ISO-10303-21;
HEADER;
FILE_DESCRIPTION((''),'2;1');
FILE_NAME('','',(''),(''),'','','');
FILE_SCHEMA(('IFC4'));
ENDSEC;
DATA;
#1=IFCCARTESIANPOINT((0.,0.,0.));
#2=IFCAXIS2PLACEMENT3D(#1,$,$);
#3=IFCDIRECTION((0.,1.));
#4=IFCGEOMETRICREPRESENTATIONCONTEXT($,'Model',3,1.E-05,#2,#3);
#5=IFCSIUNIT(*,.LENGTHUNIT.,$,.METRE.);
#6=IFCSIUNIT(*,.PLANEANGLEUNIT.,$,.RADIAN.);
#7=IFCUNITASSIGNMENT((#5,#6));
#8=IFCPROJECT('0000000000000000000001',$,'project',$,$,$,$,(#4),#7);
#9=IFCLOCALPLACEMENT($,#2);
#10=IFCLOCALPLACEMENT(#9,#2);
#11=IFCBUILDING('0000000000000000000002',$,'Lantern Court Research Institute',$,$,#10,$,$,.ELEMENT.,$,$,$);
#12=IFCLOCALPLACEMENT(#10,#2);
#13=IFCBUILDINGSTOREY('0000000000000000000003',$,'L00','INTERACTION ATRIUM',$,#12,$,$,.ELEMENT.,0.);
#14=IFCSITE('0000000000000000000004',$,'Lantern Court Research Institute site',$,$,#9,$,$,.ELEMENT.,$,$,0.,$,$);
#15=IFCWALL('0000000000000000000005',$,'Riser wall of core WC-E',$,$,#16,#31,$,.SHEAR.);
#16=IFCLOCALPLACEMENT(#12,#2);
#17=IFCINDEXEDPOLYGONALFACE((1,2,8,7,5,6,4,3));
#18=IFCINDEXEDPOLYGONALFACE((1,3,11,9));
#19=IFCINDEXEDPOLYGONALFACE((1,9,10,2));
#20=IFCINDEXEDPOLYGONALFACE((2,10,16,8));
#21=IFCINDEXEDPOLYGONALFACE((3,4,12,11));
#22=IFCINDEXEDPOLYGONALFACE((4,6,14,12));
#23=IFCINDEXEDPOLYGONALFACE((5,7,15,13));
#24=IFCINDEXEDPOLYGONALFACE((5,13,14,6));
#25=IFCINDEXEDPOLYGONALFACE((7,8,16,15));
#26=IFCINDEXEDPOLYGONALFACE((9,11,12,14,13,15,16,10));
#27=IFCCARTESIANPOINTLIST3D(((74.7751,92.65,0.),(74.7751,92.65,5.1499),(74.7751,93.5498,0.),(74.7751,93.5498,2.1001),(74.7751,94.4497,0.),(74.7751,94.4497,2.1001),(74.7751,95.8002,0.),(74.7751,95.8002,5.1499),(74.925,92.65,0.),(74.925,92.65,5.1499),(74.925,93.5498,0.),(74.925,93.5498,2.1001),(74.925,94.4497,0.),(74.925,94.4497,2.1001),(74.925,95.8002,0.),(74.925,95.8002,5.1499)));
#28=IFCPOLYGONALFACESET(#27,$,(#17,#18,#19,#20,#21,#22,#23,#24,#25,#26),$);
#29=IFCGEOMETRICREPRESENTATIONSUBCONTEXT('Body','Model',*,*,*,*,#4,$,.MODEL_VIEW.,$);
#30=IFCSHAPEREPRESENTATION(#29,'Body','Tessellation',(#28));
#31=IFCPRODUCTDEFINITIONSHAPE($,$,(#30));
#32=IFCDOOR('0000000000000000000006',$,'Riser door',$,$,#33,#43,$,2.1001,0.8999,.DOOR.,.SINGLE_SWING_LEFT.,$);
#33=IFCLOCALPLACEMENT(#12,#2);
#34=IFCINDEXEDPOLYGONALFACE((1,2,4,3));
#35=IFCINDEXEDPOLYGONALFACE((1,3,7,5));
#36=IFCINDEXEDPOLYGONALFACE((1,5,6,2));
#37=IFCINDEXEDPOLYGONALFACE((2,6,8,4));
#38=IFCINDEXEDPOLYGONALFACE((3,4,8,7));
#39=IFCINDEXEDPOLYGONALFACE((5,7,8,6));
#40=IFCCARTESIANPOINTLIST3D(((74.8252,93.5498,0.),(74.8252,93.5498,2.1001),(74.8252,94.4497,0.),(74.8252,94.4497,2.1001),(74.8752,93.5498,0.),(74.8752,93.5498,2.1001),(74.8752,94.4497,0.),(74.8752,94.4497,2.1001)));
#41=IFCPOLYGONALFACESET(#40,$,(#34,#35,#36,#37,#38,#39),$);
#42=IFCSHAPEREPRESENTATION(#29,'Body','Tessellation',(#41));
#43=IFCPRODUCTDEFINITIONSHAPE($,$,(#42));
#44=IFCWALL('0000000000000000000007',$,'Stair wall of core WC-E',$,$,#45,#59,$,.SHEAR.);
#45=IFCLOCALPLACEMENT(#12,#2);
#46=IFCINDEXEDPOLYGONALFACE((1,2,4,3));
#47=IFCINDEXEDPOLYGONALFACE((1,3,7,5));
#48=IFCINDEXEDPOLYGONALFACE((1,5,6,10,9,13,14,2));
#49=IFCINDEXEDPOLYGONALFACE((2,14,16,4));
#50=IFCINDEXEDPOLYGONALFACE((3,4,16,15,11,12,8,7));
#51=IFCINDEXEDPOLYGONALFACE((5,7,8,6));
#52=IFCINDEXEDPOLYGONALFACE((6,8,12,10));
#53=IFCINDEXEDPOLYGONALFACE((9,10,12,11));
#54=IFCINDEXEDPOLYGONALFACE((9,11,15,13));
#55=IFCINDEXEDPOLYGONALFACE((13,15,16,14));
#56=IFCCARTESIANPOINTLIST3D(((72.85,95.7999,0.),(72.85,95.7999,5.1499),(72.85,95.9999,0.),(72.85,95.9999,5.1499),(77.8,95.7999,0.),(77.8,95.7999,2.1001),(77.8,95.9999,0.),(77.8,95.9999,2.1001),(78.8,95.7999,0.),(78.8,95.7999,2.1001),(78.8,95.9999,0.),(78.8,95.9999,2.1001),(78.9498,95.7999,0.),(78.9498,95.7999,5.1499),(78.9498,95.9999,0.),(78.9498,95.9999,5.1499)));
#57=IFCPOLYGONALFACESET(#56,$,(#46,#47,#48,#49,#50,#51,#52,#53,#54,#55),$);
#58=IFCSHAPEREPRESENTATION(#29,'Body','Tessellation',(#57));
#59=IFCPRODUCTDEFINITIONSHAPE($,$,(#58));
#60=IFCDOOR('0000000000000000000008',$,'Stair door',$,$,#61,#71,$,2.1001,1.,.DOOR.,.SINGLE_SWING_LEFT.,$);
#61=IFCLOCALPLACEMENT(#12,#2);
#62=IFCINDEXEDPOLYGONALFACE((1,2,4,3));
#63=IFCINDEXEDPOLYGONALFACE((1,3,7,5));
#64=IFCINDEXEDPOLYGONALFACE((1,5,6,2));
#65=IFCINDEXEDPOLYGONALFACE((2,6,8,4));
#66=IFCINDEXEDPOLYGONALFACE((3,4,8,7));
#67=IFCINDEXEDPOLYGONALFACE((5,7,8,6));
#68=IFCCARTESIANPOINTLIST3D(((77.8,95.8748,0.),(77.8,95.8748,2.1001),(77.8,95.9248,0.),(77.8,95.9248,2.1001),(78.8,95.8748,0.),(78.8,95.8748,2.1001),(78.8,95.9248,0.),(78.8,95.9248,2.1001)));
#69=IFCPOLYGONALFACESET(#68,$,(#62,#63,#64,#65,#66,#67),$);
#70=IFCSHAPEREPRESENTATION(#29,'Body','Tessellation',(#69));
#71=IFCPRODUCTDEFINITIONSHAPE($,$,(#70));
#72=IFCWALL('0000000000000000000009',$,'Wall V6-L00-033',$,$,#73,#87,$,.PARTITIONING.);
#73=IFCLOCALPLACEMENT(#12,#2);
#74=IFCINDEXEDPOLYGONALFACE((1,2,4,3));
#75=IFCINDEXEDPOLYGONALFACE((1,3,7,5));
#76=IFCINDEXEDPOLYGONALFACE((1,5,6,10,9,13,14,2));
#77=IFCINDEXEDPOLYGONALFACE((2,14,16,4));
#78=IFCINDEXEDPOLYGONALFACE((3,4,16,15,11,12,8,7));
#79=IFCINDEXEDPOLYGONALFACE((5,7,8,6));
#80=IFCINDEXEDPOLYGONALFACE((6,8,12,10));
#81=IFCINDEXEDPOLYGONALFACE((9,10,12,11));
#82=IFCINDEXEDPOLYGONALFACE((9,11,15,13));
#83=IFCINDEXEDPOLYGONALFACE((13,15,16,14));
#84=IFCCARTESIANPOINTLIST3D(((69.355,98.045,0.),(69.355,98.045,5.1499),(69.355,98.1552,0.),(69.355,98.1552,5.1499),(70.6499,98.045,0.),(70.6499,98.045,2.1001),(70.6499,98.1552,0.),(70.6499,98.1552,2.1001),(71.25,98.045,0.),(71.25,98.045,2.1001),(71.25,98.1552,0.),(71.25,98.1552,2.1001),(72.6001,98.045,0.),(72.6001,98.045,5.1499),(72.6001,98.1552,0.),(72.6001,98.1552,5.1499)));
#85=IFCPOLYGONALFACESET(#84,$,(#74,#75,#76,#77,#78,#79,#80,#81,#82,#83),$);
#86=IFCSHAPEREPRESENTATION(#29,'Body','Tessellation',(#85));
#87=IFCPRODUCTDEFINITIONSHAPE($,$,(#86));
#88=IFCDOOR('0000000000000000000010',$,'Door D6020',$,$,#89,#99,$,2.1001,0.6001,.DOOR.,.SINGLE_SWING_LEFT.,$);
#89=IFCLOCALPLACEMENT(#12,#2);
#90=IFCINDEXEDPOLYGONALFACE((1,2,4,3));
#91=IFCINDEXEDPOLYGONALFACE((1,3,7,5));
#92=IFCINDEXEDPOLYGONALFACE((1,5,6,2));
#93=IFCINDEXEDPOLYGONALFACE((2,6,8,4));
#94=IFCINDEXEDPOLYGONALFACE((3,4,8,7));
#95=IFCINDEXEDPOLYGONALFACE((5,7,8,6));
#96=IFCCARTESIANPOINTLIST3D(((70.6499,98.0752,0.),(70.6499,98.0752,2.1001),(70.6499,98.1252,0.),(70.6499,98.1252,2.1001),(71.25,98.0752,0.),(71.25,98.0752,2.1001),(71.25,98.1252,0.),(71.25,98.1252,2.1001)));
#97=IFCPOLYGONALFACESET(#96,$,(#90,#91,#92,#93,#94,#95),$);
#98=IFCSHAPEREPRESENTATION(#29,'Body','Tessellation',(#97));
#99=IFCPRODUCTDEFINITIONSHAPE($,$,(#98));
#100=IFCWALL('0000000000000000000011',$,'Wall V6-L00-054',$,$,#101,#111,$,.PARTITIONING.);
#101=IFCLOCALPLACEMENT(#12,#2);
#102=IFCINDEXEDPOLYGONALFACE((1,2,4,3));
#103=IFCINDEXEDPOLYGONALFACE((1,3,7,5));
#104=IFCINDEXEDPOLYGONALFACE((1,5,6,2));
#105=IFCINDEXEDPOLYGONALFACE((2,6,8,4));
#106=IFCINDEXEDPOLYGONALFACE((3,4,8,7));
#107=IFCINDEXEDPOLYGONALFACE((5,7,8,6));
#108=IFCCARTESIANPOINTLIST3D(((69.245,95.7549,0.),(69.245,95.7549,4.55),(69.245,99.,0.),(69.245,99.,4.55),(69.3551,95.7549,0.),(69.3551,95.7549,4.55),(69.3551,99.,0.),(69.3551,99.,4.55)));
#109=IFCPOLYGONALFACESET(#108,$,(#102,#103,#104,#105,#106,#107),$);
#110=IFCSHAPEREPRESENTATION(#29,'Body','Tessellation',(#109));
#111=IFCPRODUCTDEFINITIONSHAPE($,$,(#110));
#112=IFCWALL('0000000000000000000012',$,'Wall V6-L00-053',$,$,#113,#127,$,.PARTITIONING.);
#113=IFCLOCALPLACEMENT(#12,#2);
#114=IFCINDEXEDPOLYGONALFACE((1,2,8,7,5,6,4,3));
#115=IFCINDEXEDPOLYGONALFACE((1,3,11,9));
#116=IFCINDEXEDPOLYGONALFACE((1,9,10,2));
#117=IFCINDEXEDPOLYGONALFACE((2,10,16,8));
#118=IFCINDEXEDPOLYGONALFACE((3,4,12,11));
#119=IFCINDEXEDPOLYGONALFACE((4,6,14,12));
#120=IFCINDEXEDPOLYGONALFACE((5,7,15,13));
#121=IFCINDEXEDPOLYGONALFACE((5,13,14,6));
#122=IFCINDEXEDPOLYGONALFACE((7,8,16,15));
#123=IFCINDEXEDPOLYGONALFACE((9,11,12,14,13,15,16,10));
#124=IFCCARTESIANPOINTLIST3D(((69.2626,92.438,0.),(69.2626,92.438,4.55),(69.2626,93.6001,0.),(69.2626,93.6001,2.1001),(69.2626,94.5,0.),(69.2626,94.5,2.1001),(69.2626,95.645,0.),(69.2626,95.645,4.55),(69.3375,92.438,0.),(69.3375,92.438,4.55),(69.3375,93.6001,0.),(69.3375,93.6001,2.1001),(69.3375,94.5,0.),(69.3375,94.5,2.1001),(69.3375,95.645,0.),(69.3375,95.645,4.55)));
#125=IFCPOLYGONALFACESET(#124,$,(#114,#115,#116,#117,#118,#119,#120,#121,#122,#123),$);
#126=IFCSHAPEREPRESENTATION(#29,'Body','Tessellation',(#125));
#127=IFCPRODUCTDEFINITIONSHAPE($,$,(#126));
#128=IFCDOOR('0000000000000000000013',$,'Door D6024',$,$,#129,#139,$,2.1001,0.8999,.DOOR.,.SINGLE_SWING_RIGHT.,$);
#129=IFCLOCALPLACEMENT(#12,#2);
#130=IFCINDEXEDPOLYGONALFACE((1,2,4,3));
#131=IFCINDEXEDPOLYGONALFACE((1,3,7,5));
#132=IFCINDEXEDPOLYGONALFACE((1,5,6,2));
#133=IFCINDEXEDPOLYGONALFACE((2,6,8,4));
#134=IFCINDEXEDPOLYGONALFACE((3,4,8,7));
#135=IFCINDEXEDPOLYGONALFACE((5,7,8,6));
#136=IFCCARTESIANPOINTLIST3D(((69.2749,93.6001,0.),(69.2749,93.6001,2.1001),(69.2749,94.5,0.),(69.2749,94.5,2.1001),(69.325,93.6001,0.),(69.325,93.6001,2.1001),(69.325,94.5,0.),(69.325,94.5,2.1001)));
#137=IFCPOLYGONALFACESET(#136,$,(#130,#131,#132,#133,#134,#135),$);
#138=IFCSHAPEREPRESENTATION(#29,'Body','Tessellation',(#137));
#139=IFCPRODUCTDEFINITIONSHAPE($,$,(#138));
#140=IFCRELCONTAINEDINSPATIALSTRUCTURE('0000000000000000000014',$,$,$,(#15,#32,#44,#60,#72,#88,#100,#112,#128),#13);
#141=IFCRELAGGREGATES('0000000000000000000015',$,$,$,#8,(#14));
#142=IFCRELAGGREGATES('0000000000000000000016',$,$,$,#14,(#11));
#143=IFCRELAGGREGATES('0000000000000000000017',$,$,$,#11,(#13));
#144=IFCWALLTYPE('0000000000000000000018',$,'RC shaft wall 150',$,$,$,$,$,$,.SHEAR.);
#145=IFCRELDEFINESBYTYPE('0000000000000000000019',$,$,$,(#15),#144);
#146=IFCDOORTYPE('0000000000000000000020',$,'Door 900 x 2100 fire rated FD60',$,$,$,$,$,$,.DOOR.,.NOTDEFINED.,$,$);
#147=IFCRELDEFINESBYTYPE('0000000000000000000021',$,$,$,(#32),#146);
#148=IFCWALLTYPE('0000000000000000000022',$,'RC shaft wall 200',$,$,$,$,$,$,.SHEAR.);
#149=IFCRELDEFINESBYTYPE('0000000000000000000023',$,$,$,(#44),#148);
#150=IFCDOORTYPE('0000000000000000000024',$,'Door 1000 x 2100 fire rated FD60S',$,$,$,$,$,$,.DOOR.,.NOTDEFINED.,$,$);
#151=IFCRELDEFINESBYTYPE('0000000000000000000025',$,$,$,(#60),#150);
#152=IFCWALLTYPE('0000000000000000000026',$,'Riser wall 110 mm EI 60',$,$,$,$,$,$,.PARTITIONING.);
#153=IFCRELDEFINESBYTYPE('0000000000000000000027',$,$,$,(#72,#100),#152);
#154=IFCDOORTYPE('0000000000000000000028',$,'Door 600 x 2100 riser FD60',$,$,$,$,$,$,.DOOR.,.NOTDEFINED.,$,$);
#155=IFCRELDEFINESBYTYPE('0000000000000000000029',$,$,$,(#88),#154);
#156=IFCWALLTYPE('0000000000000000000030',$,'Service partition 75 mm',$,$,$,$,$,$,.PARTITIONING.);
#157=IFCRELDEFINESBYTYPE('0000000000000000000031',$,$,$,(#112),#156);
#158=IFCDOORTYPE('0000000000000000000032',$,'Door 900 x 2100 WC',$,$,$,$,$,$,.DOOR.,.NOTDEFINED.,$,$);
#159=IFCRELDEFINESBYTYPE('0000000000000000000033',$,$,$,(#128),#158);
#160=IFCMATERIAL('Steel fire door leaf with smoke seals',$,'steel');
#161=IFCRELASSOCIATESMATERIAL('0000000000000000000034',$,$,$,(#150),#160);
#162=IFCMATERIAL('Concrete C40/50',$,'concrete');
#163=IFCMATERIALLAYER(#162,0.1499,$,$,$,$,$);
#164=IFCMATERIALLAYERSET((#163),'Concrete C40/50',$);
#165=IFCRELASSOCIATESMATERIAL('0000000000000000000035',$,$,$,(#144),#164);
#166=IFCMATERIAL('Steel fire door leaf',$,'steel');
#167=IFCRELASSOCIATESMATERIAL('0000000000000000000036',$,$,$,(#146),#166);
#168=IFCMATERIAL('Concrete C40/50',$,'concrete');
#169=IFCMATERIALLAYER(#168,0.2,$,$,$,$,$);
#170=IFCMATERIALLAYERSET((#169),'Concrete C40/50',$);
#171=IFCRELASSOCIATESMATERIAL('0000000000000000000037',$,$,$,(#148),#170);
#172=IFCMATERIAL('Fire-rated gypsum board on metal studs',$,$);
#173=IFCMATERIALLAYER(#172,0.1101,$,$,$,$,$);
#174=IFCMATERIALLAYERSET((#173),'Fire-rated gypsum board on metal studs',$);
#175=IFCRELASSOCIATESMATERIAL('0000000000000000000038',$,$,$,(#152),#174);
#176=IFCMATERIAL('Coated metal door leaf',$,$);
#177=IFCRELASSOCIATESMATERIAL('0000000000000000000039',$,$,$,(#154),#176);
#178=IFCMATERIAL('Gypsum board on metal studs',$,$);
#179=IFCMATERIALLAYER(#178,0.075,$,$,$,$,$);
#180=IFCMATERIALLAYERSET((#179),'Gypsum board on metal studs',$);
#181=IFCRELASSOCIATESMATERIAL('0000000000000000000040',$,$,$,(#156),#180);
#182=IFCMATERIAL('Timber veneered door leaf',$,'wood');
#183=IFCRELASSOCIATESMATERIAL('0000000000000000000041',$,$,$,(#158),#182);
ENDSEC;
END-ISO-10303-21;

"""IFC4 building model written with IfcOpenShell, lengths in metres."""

from ifc_helpers import new_model, si_unit, direction, frame, frame_2d, origin, place, context, subcontext, project, spatial, rectangle, extrude, material, layer, layer_set, type_object, element, fill, save


model = new_model("IFC4")

# Units and contexts
model_context = context("Model", 3, precision=1e-05, world=origin(), true_north=direction((0.0, 1.0)))
body_context = subcontext(model_context, "Body", "Model", "MODEL_VIEW")
ifc_project = project(units=[si_unit("LENGTHUNIT", "METRE"), si_unit("PLANEANGLEUNIT", "RADIAN")], contexts=[model_context])

# Site, building, storey
site_placement = place(None, origin())
site = spatial("IfcSite", under=ifc_project, at=site_placement, Name="Lantern Court Research Institute site", CompositionType="ELEMENT", RefElevation=0.0)
building_placement = place(site_placement, origin())
building = spatial("IfcBuilding", under=site, at=building_placement, Name="Lantern Court Research Institute", CompositionType="ELEMENT")
storey_placement = place(building_placement, origin())
storey = spatial("IfcBuildingStorey", under=building, at=storey_placement, Name="L00", Description="INTERACTION ATRIUM", CompositionType="ELEMENT", Elevation=0.0)

# Shared definitions
ifc_material_1 = material(Name="Steel fire door leaf with smoke seals", Category="steel")
door_type_1 = type_object("IfcDoorType", Name="Door 1000 x 2100 fire rated FD60S", OperationType="NOTDEFINED", PredefinedType="DOOR", material=ifc_material_1)

# Walls, openings, doors
ifc_material_2 = material(Name="Concrete C40/50", Category="concrete")
ifc_layer_1 = layer(ifc_material_2, 0.1499)
ifc_layer_set_1 = layer_set([ifc_layer_1], Name="Concrete C40/50")
wall_type_1 = type_object("IfcWallType", Name="RC shaft wall 150", PredefinedType="SHEAR", material=ifc_layer_set_1)
wall_1_placement = place(storey_placement, frame((74.8501, 92.6499, 0.0), z_axis=(0.0, 0.0, 1.0), x_axis=(0.0, 1.0, 0.0)))
wall_1 = element("IfcWall", 1, at=wall_1_placement, inside=storey, type_object=wall_type_1, Name="Riser wall of core WC-E", PredefinedType="SHEAR", context=body_context, shape_type="SweptSolid", body=[
    extrude(rectangle(XDim=3.1501, YDim=0.1499, at=frame_2d((1.5752, 0.0))), origin(), (0.0, 0.0, 1.0), 5.1499),
])
opening_1_placement = place(wall_1_placement, frame((0.8999, 0.0, 0.0)))
opening_1 = element("IfcOpeningElement", 2, at=opening_1_placement, cuts=wall_1, PredefinedType="OPENING", context=body_context, shape_type="SweptSolid", body=[
    extrude(rectangle(XDim=0.8999, YDim=2.1001, at=frame_2d((0.45, 1.05))), frame((0.0, 0.085, 0.0), z_axis=(0.0, -1.0, 0.0), x_axis=(1.0, 0.0, 0.0)), (0.0, 0.0, 1.0), 0.1699),
])
ifc_material_3 = material(Name="Steel fire door leaf", Category="steel")
door_type_2 = type_object("IfcDoorType", Name="Door 900 x 2100 fire rated FD60", OperationType="NOTDEFINED", PredefinedType="DOOR", material=ifc_material_3)
door_1_placement = place(opening_1_placement, origin())
door_1 = element("IfcDoor", 3, at=door_1_placement, inside=storey, type_object=door_type_2, Name="Riser door", OperationType="SINGLE_SWING_LEFT", OverallHeight=2.1001, OverallWidth=0.8999, PredefinedType="DOOR", context=body_context, shape_type="SweptSolid", body=[
    extrude(rectangle(XDim=0.8999, YDim=2.1001, at=frame_2d((0.45, 1.05))), frame((0.0, 0.0249, 0.0), z_axis=(0.0, -1.0, 0.0), x_axis=(1.0, 0.0, 0.0)), (0.0, 0.0, 1.0), 0.05),
])
fill(opening_1, door_1)
ifc_material_4 = material(Name="Concrete C40/50", Category="concrete")
ifc_layer_2 = layer(ifc_material_4, 0.2)
ifc_layer_set_2 = layer_set([ifc_layer_2], Name="Concrete C40/50")
wall_type_2 = type_object("IfcWallType", Name="RC shaft wall 200", PredefinedType="SHEAR", material=ifc_layer_set_2)
wall_2_placement = place(storey_placement, frame((72.8501, 95.8999, 0.0), z_axis=(0.0, 0.0, 1.0), x_axis=(1.0, 0.0, 0.0)))
wall_2 = element("IfcWall", 4, at=wall_2_placement, inside=storey, type_object=wall_type_2, Name="Stair wall of core WC-E", PredefinedType="SHEAR", context=body_context, shape_type="SweptSolid", body=[
    extrude(rectangle(XDim=6.0999, YDim=0.2, at=frame_2d((3.0498, 0.0))), origin(), (0.0, 0.0, 1.0), 5.1499),
])
opening_2_placement = place(wall_2_placement, frame((4.95, 0.0, 0.0)))
opening_2 = element("IfcOpeningElement", 5, at=opening_2_placement, cuts=wall_2, PredefinedType="OPENING", context=body_context, shape_type="SweptSolid", body=[
    extrude(rectangle(XDim=1.0, YDim=2.1001, at=frame_2d((0.5, 1.05))), frame((0.0, 0.1099, 0.0), z_axis=(0.0, -1.0, 0.0), x_axis=(1.0, 0.0, 0.0)), (0.0, 0.0, 1.0), 0.22),
])
door_2_placement = place(opening_2_placement, origin())
door_2 = element("IfcDoor", 6, at=door_2_placement, inside=storey, type_object=door_type_1, Name="Stair door", OperationType="SINGLE_SWING_LEFT", OverallHeight=2.1001, OverallWidth=1.0, PredefinedType="DOOR", context=body_context, shape_type="SweptSolid", body=[
    extrude(rectangle(XDim=1.0, YDim=2.1001, at=frame_2d((0.5, 1.05))), frame((0.0, 0.0249, 0.0), z_axis=(0.0, -1.0, 0.0), x_axis=(1.0, 0.0, 0.0)), (0.0, 0.0, 1.0), 0.05),
])
fill(opening_2, door_2)
ifc_material_5 = material(Name="Fire-rated gypsum board on metal studs")
ifc_layer_3 = layer(ifc_material_5, 0.1101)
ifc_layer_set_3 = layer_set([ifc_layer_3], Name="Fire-rated gypsum board on metal studs")
wall_type_3 = type_object("IfcWallType", Name="Riser wall 110 mm EI 60", PredefinedType="PARTITIONING", material=ifc_layer_set_3)
wall_3_placement = place(storey_placement, frame((72.6001, 98.1001, 0.0), z_axis=(0.0, 0.0, 1.0), x_axis=(-1.0, 0.0, 0.0)))
wall_3 = element("IfcWall", 7, at=wall_3_placement, inside=storey, type_object=wall_type_3, Name="Wall V6-L00-033", PredefinedType="PARTITIONING", context=body_context, shape_type="SweptSolid", body=[
    extrude(rectangle(XDim=3.2451, YDim=0.1101, at=frame_2d((1.6226, 0.0))), origin(), (0.0, 0.0, 1.0), 5.1499),
])
opening_3_placement = place(wall_3_placement, frame((1.3501, 0.0, 0.0)))
opening_3 = element("IfcOpeningElement", 8, at=opening_3_placement, cuts=wall_3, PredefinedType="OPENING", context=body_context, shape_type="SweptSolid", body=[
    extrude(rectangle(XDim=0.6001, YDim=2.1001, at=frame_2d((0.3, 1.05))), frame((0.0, 0.0649, 0.0), z_axis=(0.0, -1.0, 0.0), x_axis=(1.0, 0.0, 0.0)), (0.0, 0.0, 1.0), 0.1301),
])
ifc_material_6 = material(Name="Coated metal door leaf")
door_type_3 = type_object("IfcDoorType", Name="Door 600 x 2100 riser FD60", OperationType="NOTDEFINED", PredefinedType="DOOR", material=ifc_material_6)
door_3_placement = place(opening_3_placement, origin())
door_3 = element("IfcDoor", 9, at=door_3_placement, inside=storey, type_object=door_type_3, Name="Door D6020", OperationType="SINGLE_SWING_LEFT", OverallHeight=2.1001, OverallWidth=0.6001, PredefinedType="DOOR", context=body_context, shape_type="SweptSolid", body=[
    extrude(rectangle(XDim=0.6001, YDim=2.1001, at=frame_2d((0.3, 1.05))), frame((0.0, 0.0249, 0.0), z_axis=(0.0, -1.0, 0.0), x_axis=(1.0, 0.0, 0.0)), (0.0, 0.0, 1.0), 0.05),
])
fill(opening_3, door_3)

# Wall
wall_4_placement = place(storey_placement, frame((69.3, 95.7549, 0.0), z_axis=(0.0, 0.0, 1.0), x_axis=(0.0, 1.0, 0.0)))
element("IfcWall", 10, at=wall_4_placement, inside=storey, type_object=wall_type_3, Name="Wall V6-L00-054", PredefinedType="PARTITIONING", context=body_context, shape_type="SweptSolid", body=[
    extrude(rectangle(XDim=3.2451, YDim=0.1101, at=frame_2d((1.6226, 0.0))), origin(), (0.0, 0.0, 1.0), 4.55),
])

# Wall, opening, door
ifc_material_7 = material(Name="Gypsum board on metal studs")
ifc_layer_4 = layer(ifc_material_7, 0.075)
ifc_layer_set_4 = layer_set([ifc_layer_4], Name="Gypsum board on metal studs")
wall_type_4 = type_object("IfcWallType", Name="Service partition 75 mm", PredefinedType="PARTITIONING", material=ifc_layer_set_4)
wall_5_placement = place(storey_placement, frame((69.3, 95.645, 0.0), z_axis=(0.0, 0.0, 1.0), x_axis=(0.0, -1.0, 0.0)))
wall_5 = element("IfcWall", 11, at=wall_5_placement, inside=storey, type_object=wall_type_4, Name="Wall V6-L00-053", PredefinedType="PARTITIONING", context=body_context, shape_type="SweptSolid", body=[
    extrude(rectangle(XDim=3.207, YDim=0.075, at=frame_2d((1.6035, 0.0))), origin(), (0.0, 0.0, 1.0), 4.55),
])
opening_4_placement = place(wall_5_placement, frame((1.145, 0.0, 0.0)))
opening_4 = element("IfcOpeningElement", 12, at=opening_4_placement, cuts=wall_5, PredefinedType="OPENING", context=body_context, shape_type="SweptSolid", body=[
    extrude(rectangle(XDim=0.8999, YDim=2.1001, at=frame_2d((0.45, 1.05))), frame((0.0, 0.0474, 0.0), z_axis=(0.0, -1.0, 0.0), x_axis=(1.0, 0.0, 0.0)), (0.0, 0.0, 1.0), 0.095),
])
ifc_material_8 = material(Name="Timber veneered door leaf", Category="wood")
door_type_4 = type_object("IfcDoorType", Name="Door 900 x 2100 WC", OperationType="NOTDEFINED", PredefinedType="DOOR", material=ifc_material_8)
door_4_placement = place(opening_4_placement, origin())
door_4 = element("IfcDoor", 13, at=door_4_placement, inside=storey, type_object=door_type_4, Name="Door D6024", OperationType="SINGLE_SWING_RIGHT", OverallHeight=2.1001, OverallWidth=0.8999, PredefinedType="DOOR", context=body_context, shape_type="SweptSolid", body=[
    extrude(rectangle(XDim=0.8999, YDim=2.1001, at=frame_2d((0.45, 1.05))), frame((0.0, 0.0249, 0.0), z_axis=(0.0, -1.0, 0.0), x_axis=(1.0, 0.0, 0.0)), (0.0, 0.0, 1.0), 0.05),
])
fill(opening_4, door_4)

save(model, "model.ifc")
